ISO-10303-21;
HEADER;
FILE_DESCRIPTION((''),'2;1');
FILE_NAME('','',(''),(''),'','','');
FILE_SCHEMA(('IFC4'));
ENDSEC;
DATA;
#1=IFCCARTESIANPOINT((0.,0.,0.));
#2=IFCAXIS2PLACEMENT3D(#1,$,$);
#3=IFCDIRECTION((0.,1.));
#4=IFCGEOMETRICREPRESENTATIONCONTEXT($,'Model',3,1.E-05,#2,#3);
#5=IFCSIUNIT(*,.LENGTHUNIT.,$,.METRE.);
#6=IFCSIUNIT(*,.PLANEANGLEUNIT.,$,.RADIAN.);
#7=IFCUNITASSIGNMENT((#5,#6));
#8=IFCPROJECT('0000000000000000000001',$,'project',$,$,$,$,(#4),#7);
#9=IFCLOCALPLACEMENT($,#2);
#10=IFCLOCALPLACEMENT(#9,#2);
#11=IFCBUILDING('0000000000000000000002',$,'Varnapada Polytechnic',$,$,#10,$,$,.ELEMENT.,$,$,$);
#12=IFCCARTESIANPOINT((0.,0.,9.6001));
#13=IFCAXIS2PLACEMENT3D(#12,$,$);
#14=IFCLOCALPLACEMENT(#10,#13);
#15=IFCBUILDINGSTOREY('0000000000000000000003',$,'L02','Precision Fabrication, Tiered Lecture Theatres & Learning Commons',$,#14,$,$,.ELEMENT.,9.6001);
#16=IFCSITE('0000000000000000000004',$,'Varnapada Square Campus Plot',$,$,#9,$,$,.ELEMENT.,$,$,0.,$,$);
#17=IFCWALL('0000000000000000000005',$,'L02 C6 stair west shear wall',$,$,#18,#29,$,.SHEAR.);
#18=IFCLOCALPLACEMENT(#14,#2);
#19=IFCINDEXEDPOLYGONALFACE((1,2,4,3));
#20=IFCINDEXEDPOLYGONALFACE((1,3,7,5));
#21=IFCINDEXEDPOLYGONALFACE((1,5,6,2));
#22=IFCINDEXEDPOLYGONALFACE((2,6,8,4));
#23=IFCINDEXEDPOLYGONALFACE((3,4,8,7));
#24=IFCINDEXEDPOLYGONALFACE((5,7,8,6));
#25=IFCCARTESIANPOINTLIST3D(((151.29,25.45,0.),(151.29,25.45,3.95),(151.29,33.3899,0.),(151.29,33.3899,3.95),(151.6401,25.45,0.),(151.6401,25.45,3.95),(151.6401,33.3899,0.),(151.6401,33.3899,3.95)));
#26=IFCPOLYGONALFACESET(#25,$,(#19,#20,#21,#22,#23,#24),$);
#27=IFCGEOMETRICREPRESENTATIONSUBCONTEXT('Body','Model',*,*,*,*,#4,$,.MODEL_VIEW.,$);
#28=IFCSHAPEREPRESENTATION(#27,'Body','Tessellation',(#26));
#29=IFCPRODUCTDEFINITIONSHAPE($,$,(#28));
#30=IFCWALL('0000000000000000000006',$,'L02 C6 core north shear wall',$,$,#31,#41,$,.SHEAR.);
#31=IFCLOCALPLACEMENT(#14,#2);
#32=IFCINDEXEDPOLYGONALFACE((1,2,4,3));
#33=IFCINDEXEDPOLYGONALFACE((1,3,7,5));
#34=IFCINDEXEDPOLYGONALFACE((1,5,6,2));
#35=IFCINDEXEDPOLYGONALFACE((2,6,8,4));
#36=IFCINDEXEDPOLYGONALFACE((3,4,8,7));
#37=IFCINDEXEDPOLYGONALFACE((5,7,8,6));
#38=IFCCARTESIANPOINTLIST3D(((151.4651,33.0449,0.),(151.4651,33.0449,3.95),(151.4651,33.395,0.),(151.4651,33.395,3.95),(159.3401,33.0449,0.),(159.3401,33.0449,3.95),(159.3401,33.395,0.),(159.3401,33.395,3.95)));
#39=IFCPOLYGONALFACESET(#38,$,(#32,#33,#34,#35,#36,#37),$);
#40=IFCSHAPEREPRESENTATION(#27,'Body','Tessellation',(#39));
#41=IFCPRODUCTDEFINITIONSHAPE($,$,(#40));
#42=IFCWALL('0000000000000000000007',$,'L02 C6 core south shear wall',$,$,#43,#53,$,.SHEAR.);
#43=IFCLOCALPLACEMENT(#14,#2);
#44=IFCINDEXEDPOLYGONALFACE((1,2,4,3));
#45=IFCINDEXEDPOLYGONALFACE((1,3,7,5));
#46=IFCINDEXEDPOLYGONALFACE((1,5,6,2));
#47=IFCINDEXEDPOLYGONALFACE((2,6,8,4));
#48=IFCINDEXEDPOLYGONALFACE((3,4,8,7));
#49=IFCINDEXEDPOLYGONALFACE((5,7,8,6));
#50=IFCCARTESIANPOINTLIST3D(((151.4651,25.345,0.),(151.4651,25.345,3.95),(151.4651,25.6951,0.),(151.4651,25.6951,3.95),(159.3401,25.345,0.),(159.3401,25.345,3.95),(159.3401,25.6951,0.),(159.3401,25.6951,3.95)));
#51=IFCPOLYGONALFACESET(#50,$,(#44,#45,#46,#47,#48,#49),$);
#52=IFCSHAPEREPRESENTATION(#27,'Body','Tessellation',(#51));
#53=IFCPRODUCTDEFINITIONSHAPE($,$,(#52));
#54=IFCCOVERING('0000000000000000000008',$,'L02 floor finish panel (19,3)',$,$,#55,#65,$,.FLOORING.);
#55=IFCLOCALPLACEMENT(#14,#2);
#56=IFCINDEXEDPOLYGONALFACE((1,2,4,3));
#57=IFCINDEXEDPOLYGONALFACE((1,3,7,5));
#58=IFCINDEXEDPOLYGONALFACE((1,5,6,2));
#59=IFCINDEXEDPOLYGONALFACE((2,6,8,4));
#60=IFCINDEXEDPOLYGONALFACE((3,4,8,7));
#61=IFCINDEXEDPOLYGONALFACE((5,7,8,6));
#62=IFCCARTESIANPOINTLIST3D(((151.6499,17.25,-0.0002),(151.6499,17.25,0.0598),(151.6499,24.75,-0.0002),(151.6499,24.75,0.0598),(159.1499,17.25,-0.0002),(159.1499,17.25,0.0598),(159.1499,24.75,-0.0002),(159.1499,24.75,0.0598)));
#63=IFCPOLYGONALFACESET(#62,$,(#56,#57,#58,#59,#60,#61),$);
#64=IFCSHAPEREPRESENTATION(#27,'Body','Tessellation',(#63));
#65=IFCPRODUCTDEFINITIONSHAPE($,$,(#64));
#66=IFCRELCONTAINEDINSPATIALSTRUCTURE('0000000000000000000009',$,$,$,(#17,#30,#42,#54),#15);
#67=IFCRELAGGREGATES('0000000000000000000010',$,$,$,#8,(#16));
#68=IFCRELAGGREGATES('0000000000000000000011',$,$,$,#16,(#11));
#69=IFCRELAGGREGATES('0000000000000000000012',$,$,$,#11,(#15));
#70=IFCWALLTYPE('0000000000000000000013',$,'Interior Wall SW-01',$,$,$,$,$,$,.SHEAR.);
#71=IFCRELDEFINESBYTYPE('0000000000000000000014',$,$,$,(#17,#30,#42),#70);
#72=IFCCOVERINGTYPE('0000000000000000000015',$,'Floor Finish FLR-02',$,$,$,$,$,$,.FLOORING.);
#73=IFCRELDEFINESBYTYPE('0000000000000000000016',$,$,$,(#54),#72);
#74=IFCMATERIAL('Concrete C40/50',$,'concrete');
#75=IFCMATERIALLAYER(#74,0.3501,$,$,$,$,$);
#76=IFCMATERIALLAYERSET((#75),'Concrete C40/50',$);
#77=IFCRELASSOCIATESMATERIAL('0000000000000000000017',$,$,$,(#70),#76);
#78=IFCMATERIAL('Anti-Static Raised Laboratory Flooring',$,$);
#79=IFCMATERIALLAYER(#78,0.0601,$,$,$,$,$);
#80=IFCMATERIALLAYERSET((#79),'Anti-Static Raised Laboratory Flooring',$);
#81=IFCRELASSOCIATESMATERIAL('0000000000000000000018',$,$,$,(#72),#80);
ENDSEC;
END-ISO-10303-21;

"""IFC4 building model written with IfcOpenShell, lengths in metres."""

from ifc_helpers import new_model, si_unit, direction, frame, frame_2d, origin, origin_2d, place, context, subcontext, project, spatial, rectangle, extrude, material, layer, layer_set, type_object, element, save


model = new_model("IFC4")

# Units and contexts
model_context = context("Model", 3, precision=1e-05, world=origin(), true_north=direction((0.0, 1.0)))
body_context = subcontext(model_context, "Body", "Model", "MODEL_VIEW")
ifc_project = project(units=[si_unit("LENGTHUNIT", "METRE"), si_unit("PLANEANGLEUNIT", "RADIAN")], contexts=[model_context])

# Site, building, storey
site_placement = place(None, origin())
site = spatial("IfcSite", under=ifc_project, at=site_placement, Name="Varnapada Square Campus Plot", CompositionType="ELEMENT", RefElevation=0.0)
building_placement = place(site_placement, origin())
building = spatial("IfcBuilding", under=site, at=building_placement, Name="Varnapada Polytechnic", CompositionType="ELEMENT")
storey_placement = place(building_placement, frame((0.0, 0.0, 9.6001)))
storey = spatial("IfcBuildingStorey", under=building, at=storey_placement, Name="L02", Description="Precision Fabrication, Tiered Lecture Theatres & Learning Commons", CompositionType="ELEMENT", Elevation=9.6001)

# Walls
ifc_material_1 = material(Name="Concrete C40/50", Category="concrete")
ifc_layer_1 = layer(ifc_material_1, 0.3501)
ifc_layer_set_1 = layer_set([ifc_layer_1], Name="Concrete C40/50")
wall_type_1 = type_object("IfcWallType", Name="Interior Wall SW-01", PredefinedType="SHEAR", material=ifc_layer_set_1)
wall_1_placement = place(storey_placement, frame((151.4651, 25.45, 0.0), z_axis=(0.0, 0.0, 1.0), x_axis=(0.0, 1.0, 0.0)))
element("IfcWall", 1, at=wall_1_placement, inside=storey, type_object=wall_type_1, Name="L02 C6 stair west shear wall", PredefinedType="SHEAR", context=body_context, shape_type="SweptSolid", body=[
    extrude(rectangle(XDim=7.9399, YDim=0.3501, at=frame_2d((3.97, 0.0))), origin(), (0.0, 0.0, 1.0), 3.95),
])
for number, where, z_axis, x_axis, name in (
    (2, (151.4651, 33.22, 0.0), (0.0, 0.0, 1.0), (1.0, 0.0, 0.0), "L02 C6 core north shear wall"),
    (3, (159.3401, 25.52, 0.0), (0.0, 0.0, 1.0), (-1.0, 0.0, 0.0), "L02 C6 core south shear wall"),
):
    element("IfcWall", number, at=place(storey_placement, frame(where, z_axis=z_axis, x_axis=x_axis)), inside=storey, type_object=wall_type_1, Name=name, PredefinedType="SHEAR", context=body_context, shape_type="SweptSolid", body=[
        extrude(rectangle(XDim=7.875, YDim=0.3501, at=frame_2d((3.9375, 0.0))), origin(), (0.0, 0.0, 1.0), 3.95),
    ])

# Covering
ifc_material_2 = material(Name="Anti-Static Raised Laboratory Flooring")
ifc_layer_2 = layer(ifc_material_2, 0.0601)
ifc_layer_set_2 = layer_set([ifc_layer_2], Name="Anti-Static Raised Laboratory Flooring")
covering_type = type_object("IfcCoveringType", Name="Floor Finish FLR-02", PredefinedType="FLOORING", material=ifc_layer_set_2)
covering_placement = place(storey_placement, frame((155.3999, 21.0, -0.0002), z_axis=(0.0, 0.0, 1.0), x_axis=(1.0, 0.0, 0.0)))
element("IfcCovering", 4, at=covering_placement, inside=storey, type_object=covering_type, Name="L02 floor finish panel (19,3)", PredefinedType="FLOORING", context=body_context, shape_type="SweptSolid", body=[
    extrude(rectangle(XDim=7.5, YDim=7.5, at=origin_2d()), origin(), (0.0, 0.0, 1.0), 0.0601),
])

save(model, "model.ifc")
